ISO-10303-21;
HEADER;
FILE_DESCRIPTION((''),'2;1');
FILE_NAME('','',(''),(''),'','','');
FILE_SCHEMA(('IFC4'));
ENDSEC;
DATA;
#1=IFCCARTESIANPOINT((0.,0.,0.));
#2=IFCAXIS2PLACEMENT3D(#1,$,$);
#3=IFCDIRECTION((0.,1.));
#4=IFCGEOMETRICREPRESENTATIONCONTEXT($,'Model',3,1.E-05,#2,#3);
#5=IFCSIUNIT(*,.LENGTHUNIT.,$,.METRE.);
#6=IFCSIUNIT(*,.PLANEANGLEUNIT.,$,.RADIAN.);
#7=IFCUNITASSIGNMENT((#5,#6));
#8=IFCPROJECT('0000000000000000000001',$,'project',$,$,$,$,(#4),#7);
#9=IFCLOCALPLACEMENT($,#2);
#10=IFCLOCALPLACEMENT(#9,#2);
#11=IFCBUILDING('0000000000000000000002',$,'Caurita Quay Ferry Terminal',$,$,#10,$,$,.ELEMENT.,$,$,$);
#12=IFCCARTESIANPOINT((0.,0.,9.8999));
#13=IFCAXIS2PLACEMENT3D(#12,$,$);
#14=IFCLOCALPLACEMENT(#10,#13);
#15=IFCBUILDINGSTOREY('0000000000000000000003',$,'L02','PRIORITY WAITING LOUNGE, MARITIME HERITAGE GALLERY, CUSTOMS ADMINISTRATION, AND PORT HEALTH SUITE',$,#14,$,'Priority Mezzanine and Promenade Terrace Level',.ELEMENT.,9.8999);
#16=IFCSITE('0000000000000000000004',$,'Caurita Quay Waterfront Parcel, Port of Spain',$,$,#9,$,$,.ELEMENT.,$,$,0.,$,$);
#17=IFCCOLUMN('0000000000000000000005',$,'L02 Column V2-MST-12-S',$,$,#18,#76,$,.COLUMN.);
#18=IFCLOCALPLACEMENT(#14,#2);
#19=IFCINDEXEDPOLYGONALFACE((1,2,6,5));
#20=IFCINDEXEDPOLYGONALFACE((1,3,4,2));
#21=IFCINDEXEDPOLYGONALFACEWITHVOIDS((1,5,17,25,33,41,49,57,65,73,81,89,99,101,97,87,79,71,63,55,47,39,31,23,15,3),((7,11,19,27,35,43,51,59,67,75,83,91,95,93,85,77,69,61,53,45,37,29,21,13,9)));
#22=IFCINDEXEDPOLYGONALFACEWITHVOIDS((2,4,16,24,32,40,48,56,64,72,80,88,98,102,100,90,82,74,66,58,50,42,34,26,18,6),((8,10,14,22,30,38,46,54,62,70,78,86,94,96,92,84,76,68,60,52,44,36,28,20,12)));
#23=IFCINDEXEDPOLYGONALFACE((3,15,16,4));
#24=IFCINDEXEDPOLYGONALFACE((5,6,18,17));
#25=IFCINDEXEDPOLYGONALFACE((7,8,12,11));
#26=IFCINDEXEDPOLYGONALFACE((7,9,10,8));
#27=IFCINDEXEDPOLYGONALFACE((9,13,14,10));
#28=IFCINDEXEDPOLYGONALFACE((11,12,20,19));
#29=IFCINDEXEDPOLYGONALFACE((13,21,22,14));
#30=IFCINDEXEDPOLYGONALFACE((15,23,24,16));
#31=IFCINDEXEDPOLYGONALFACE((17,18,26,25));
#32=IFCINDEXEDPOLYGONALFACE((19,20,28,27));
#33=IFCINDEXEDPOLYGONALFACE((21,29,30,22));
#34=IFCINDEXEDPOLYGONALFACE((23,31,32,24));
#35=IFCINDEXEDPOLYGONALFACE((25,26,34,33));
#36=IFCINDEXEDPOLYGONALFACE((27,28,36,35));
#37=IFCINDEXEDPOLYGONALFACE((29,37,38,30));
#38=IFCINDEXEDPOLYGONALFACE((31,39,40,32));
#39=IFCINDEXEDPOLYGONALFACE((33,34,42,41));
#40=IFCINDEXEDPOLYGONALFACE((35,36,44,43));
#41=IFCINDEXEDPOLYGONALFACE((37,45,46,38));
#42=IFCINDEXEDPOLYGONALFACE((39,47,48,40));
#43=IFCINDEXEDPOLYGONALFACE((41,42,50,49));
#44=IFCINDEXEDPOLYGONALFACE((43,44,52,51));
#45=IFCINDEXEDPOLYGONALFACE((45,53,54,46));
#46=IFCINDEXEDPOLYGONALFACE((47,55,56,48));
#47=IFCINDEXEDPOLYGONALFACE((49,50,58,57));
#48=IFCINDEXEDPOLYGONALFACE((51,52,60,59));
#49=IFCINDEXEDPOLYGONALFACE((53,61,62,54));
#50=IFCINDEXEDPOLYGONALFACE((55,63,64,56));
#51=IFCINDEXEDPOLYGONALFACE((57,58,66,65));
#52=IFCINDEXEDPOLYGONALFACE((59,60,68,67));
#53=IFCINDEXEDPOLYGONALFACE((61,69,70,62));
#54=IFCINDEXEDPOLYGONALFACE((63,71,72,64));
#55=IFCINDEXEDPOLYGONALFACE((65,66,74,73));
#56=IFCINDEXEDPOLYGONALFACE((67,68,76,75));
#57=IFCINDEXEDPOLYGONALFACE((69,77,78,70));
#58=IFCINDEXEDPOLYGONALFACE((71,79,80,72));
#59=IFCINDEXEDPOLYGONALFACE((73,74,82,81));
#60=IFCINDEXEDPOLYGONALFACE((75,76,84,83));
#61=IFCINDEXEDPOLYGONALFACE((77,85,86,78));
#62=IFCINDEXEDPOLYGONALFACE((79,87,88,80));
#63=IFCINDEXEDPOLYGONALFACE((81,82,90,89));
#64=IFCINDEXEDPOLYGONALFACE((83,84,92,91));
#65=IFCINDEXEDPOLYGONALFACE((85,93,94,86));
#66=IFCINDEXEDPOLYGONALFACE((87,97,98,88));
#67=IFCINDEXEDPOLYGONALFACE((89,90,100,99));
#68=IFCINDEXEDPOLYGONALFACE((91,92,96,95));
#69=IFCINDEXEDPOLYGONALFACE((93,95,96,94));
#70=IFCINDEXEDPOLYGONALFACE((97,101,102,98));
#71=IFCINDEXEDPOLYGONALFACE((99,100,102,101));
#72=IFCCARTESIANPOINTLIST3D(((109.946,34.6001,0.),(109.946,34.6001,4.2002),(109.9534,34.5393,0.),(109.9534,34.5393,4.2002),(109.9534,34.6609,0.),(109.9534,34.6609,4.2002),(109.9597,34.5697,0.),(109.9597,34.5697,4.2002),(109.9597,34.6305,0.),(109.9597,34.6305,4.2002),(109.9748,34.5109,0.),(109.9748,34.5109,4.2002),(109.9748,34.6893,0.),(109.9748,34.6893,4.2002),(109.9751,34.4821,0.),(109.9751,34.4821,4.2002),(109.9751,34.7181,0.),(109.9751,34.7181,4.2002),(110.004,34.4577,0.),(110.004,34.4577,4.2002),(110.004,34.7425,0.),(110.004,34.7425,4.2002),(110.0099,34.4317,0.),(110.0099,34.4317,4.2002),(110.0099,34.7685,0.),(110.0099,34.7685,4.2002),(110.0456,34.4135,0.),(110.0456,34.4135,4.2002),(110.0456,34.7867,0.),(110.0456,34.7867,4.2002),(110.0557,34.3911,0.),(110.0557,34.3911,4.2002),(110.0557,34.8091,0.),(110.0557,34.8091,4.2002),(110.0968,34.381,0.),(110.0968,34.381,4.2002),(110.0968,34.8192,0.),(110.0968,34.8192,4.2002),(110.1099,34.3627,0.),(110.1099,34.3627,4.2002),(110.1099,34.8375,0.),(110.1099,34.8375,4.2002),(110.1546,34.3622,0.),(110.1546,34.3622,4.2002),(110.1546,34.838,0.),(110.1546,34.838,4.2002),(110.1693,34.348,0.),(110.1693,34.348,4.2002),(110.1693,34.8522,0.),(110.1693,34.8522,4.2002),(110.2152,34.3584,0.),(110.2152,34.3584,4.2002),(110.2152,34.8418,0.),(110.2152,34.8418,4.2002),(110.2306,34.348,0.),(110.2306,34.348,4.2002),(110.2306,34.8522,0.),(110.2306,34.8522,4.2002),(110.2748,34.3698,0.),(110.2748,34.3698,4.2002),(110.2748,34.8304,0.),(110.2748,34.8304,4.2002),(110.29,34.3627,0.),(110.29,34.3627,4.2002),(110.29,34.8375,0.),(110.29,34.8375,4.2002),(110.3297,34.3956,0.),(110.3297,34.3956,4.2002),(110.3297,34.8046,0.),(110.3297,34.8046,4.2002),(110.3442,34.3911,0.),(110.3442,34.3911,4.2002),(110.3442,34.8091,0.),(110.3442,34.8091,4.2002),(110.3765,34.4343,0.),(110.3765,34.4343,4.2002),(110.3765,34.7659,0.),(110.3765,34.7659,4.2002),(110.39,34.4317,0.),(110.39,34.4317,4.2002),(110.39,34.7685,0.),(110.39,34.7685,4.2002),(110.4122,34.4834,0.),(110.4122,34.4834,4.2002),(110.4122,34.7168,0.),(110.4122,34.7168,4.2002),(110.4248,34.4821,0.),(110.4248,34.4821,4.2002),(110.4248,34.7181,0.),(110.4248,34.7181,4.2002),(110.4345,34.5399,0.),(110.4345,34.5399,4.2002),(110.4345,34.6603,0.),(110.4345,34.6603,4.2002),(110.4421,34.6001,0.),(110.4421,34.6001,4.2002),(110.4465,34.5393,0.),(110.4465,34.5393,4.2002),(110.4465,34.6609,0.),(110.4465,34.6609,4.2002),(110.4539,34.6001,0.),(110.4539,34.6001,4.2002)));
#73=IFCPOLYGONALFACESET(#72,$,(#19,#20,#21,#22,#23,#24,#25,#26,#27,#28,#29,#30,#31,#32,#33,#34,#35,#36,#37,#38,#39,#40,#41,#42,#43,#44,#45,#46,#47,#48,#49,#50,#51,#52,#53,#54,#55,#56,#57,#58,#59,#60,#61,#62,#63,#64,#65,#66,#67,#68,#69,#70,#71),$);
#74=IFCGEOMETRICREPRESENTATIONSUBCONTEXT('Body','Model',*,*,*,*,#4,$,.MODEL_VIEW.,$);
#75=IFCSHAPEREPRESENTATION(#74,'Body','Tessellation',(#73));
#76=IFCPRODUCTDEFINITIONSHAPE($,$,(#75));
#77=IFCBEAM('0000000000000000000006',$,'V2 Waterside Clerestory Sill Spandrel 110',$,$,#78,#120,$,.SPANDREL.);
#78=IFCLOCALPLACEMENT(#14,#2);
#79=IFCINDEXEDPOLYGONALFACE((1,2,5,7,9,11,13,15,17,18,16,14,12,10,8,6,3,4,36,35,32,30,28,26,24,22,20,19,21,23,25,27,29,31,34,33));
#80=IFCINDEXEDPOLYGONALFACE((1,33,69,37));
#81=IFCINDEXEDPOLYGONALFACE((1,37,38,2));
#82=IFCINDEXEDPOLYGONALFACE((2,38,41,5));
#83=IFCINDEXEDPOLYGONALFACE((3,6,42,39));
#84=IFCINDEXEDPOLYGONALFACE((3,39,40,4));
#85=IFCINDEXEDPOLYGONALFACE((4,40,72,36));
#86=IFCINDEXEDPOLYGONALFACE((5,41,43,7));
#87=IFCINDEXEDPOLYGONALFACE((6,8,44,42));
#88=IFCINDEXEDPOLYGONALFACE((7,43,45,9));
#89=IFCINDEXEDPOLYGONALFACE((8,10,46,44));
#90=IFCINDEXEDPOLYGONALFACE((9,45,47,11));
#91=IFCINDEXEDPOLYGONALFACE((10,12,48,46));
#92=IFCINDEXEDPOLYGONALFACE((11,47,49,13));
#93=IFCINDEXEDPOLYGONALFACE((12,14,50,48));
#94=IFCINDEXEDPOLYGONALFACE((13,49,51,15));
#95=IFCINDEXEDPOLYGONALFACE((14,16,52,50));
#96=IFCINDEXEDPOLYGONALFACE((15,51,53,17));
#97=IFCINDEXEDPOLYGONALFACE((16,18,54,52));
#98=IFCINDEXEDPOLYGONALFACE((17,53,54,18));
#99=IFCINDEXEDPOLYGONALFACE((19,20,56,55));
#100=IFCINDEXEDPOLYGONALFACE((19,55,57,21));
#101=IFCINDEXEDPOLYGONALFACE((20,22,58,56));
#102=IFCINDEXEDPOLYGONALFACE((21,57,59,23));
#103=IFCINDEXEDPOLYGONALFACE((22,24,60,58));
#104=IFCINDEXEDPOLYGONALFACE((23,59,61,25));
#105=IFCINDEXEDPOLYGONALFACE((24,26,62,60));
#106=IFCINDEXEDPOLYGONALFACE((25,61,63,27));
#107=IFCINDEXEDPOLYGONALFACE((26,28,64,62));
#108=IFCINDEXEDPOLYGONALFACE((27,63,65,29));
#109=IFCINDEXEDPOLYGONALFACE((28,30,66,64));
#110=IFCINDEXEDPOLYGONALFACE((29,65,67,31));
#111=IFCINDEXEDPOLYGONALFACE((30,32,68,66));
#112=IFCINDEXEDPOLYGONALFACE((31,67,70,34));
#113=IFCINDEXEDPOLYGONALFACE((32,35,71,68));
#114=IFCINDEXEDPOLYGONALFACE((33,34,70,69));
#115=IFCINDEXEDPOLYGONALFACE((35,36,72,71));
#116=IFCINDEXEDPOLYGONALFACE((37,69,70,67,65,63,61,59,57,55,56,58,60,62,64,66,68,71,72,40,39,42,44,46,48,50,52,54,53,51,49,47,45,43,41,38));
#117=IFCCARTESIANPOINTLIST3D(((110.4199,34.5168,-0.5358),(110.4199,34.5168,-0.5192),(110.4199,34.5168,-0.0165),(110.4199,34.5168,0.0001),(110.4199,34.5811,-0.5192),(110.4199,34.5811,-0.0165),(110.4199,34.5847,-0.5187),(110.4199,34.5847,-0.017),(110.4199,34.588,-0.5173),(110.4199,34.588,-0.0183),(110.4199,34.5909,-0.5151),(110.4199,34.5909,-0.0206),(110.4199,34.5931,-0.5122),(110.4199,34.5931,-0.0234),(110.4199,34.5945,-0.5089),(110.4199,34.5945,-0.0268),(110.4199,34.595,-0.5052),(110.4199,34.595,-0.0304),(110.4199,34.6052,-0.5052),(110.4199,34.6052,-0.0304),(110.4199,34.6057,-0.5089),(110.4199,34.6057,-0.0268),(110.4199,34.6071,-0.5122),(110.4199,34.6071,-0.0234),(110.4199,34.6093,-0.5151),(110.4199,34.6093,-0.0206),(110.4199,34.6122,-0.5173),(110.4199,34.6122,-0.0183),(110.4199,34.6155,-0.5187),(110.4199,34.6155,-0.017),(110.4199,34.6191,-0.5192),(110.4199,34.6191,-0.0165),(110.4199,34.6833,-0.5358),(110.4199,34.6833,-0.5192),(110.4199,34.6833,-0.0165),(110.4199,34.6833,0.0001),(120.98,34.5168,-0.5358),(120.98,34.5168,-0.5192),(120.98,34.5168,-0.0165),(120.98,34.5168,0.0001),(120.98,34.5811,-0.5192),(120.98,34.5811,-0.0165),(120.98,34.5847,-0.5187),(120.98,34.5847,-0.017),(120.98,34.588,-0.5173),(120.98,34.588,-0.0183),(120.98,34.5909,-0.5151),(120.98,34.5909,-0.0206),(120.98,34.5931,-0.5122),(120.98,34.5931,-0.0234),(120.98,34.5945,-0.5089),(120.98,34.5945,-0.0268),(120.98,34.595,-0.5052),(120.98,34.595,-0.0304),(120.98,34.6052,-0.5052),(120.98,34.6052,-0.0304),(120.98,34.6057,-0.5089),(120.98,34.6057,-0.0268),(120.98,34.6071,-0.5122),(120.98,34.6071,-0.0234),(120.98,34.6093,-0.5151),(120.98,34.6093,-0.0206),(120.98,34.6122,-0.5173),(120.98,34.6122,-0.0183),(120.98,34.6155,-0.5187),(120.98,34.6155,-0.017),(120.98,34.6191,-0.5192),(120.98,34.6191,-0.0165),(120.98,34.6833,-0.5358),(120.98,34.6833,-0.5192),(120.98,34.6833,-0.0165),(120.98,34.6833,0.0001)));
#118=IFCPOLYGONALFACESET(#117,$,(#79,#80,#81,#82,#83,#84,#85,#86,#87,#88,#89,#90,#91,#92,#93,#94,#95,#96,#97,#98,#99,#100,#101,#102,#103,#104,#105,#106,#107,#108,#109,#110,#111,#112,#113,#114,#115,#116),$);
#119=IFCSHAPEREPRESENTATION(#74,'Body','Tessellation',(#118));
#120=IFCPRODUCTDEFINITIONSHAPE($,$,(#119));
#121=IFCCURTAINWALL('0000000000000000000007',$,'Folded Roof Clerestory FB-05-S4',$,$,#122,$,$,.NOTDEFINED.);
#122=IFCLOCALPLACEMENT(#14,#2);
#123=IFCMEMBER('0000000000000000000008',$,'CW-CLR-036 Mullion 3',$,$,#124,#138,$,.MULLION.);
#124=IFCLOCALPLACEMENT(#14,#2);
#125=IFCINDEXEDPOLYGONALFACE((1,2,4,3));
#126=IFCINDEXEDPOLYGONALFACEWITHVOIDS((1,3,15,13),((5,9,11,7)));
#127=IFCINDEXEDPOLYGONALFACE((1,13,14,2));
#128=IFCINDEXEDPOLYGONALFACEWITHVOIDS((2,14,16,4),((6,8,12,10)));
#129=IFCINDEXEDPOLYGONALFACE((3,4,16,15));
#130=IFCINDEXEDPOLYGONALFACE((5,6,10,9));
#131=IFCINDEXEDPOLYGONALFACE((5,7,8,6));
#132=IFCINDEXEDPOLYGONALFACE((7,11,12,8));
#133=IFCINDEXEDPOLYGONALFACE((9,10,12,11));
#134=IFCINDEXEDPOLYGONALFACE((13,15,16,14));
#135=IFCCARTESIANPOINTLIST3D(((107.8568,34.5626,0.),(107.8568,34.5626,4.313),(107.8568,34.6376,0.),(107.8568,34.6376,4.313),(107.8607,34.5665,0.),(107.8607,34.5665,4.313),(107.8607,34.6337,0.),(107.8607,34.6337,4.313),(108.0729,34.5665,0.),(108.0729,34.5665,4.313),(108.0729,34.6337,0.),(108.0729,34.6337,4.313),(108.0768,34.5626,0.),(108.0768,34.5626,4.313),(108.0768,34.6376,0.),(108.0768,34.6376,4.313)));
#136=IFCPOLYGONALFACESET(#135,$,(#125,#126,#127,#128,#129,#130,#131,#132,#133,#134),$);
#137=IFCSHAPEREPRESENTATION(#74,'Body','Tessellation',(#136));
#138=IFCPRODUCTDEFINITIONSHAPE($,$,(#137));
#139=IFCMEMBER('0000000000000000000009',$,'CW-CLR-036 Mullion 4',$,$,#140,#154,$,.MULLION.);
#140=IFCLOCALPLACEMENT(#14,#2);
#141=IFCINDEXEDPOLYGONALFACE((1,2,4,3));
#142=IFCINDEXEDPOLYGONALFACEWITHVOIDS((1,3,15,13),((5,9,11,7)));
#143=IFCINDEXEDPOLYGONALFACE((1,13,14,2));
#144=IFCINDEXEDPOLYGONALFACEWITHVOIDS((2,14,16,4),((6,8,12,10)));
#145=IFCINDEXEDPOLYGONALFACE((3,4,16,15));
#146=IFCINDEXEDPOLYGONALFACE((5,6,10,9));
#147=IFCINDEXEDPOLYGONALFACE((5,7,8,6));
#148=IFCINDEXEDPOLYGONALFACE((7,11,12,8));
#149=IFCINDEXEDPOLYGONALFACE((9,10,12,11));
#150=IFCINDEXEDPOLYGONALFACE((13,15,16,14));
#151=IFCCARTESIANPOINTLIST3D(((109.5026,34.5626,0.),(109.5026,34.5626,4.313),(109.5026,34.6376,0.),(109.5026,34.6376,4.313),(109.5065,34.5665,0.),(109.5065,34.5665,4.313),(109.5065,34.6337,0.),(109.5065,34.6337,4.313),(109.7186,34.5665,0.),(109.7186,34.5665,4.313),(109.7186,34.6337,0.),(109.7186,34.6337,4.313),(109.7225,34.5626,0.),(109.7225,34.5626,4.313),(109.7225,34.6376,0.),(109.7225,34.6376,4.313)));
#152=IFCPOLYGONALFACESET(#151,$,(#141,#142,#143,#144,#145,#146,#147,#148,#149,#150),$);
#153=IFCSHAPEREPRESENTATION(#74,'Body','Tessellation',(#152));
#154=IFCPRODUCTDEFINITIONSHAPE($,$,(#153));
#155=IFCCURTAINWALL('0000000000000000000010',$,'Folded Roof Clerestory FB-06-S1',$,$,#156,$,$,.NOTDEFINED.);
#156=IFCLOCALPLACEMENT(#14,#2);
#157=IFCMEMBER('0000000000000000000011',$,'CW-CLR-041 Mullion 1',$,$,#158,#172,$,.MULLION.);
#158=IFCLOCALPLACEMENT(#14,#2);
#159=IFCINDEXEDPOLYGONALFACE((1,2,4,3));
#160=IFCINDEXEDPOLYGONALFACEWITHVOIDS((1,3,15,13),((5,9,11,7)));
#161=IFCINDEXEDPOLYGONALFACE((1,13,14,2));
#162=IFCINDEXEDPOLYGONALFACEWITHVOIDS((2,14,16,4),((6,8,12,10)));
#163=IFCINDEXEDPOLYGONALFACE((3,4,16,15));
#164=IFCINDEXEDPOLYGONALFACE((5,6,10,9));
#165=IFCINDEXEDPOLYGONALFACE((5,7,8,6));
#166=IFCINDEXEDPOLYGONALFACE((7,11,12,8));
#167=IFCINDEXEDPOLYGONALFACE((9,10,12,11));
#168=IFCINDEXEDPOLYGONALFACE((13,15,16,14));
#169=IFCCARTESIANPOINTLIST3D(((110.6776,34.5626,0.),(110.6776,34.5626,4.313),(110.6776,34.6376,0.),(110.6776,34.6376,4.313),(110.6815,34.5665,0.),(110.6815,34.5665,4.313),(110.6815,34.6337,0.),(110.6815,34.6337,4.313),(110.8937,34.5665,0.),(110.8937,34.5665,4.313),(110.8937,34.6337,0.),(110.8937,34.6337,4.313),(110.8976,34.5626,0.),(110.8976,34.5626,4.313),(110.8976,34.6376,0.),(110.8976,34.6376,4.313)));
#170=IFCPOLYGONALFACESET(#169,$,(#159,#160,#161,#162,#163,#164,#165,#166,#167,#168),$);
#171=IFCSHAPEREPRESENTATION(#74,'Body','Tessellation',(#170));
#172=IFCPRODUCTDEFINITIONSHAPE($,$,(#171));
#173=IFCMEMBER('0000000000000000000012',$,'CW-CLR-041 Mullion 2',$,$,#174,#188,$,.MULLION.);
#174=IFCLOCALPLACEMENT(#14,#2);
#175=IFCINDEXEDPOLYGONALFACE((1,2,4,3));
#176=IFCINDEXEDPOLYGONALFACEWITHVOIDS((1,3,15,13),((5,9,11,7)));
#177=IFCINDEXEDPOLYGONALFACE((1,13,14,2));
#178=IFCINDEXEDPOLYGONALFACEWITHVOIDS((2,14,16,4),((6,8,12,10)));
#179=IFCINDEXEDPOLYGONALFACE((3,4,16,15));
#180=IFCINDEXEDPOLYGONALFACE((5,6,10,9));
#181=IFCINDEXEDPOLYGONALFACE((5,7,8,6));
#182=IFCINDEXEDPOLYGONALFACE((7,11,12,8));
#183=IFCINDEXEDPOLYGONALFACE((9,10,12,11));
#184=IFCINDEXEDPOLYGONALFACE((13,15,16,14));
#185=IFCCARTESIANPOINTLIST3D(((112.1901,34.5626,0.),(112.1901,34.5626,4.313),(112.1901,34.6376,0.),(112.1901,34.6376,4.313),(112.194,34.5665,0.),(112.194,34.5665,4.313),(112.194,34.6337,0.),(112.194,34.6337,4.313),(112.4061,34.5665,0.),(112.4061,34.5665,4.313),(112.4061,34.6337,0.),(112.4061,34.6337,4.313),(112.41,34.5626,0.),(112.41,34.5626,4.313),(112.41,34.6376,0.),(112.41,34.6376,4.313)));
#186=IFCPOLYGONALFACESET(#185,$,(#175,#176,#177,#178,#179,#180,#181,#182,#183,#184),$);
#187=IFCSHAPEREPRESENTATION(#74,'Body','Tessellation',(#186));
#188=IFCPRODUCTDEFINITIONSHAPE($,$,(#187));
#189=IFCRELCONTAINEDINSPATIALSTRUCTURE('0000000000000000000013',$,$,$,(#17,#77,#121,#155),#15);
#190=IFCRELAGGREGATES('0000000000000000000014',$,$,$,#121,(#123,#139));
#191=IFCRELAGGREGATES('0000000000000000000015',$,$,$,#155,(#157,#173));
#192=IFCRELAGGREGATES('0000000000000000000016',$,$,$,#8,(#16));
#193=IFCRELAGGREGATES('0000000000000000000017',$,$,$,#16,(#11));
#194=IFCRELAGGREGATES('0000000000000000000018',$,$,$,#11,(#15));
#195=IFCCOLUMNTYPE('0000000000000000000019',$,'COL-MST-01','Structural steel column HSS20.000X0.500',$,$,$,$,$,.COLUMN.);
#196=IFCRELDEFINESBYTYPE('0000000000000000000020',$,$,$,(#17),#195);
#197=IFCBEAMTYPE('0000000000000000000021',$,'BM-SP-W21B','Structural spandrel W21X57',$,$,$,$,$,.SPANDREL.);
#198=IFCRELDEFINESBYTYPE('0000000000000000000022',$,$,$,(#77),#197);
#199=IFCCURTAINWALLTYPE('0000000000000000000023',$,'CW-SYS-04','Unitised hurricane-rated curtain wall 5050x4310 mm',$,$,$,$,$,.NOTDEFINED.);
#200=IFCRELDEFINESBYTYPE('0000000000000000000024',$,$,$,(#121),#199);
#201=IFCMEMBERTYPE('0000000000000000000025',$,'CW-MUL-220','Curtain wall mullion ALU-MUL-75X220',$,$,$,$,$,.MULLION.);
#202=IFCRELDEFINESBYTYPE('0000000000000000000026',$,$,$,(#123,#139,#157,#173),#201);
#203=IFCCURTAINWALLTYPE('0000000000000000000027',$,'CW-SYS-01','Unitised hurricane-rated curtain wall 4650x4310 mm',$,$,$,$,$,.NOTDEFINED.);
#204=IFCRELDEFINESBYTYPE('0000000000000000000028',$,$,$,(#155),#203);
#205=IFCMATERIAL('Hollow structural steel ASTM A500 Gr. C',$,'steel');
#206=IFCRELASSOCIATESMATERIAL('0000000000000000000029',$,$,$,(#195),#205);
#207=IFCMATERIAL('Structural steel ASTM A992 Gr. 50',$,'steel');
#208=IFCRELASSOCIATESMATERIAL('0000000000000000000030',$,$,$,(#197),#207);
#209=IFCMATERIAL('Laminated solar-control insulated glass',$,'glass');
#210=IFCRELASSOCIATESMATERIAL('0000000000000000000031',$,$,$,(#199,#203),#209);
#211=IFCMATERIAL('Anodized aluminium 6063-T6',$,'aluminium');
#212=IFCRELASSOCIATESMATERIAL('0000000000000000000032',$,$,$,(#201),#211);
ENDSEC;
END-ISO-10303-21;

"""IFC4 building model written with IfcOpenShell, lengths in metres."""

from ifc_helpers import new_model, si_unit, direction, frame, origin, origin_2d, place, context, subcontext, project, spatial, hollow_rectangle, hollow_circle, i_section, extrude, material, material_profile, profile_set, type_object, element, aggregate, save


model = new_model("IFC4")

# Units and contexts
model_context = context("Model", 3, precision=1e-05, world=origin(), true_north=direction((0.0, 1.0)))
body_context = subcontext(model_context, "Body", "Model", "MODEL_VIEW")
ifc_project = project(units=[si_unit("LENGTHUNIT", "METRE"), si_unit("PLANEANGLEUNIT", "RADIAN")], contexts=[model_context])

# Site, building, storey
site_placement = place(None, origin())
site = spatial("IfcSite", under=ifc_project, at=site_placement, Name="Caurita Quay Waterfront Parcel, Port of Spain", CompositionType="ELEMENT", RefElevation=0.0)
building_placement = place(site_placement, origin())
building = spatial("IfcBuilding", under=site, at=building_placement, Name="Caurita Quay Ferry Terminal", CompositionType="ELEMENT")
storey_placement = place(building_placement, frame((0.0, 0.0, 9.8999)))
storey = spatial("IfcBuildingStorey", under=building, at=storey_placement, Name="L02", Description="PRIORITY WAITING LOUNGE, MARITIME HERITAGE GALLERY, CUSTOMS ADMINISTRATION, AND PORT HEALTH SUITE", LongName="Priority Mezzanine and Promenade Terrace Level", CompositionType="ELEMENT", Elevation=9.8999)

# Column
ifc_material_1 = material(Name="Hollow structural steel ASTM A500 Gr. C", Category="steel")
ifc_material_profile_1 = material_profile(ifc_material_1, hollow_circle(Radius=0.2539, WallThickness=0.0117, at=origin_2d()), Name="HSS20.000X0.500")
ifc_profile_set_1 = profile_set([ifc_material_profile_1], Name="Hollow structural steel ASTM A500 Gr. C")
column_type = type_object("IfcColumnType", Name="COL-MST-01", Description="Structural steel column HSS20.000X0.500", PredefinedType="COLUMN", material=ifc_profile_set_1)
column_placement = place(storey_placement, frame((110.2, 34.6001, 0.0), z_axis=(0.0, 0.0, 1.0), x_axis=(1.0, 0.0, 0.0)))
element("IfcColumn", 1, at=column_placement, inside=storey, type_object=column_type, Name="L02 Column V2-MST-12-S", PredefinedType="COLUMN", context=body_context, shape_type="SweptSolid", body=[
    extrude(hollow_circle(Radius=0.2539, WallThickness=0.0117, at=origin_2d()), origin(), (0.0, 0.0, 1.0), 4.2002),
])

# Beam
ifc_material_2 = material(Name="Structural steel ASTM A992 Gr. 50", Category="steel")
ifc_material_profile_2 = material_profile(ifc_material_2, i_section(OverallWidth=0.1665, OverallDepth=0.5359, WebThickness=0.0103, FlangeThickness=0.0166, FilletRadius=0.0139, at=origin_2d()), Name="W21X57")
ifc_profile_set_2 = profile_set([ifc_material_profile_2], Name="Structural steel ASTM A992 Gr. 50")
beam_type = type_object("IfcBeamType", Name="BM-SP-W21B", Description="Structural spandrel W21X57", PredefinedType="SPANDREL", material=ifc_profile_set_2)
beam_placement = place(storey_placement, frame((110.4199, 34.6001, -0.2678), z_axis=(1.0, 0.0, 0.0), x_axis=(0.0, 1.0, 0.0)))
element("IfcBeam", 2, at=beam_placement, inside=storey, type_object=beam_type, Name="V2 Waterside Clerestory Sill Spandrel 110", PredefinedType="SPANDREL", context=body_context, shape_type="SweptSolid", body=[
    extrude(i_section(OverallWidth=0.1665, OverallDepth=0.5359, WebThickness=0.0103, FlangeThickness=0.0166, FilletRadius=0.0139, at=origin_2d()), origin(), (0.0, 0.0, 1.0), 10.5601),
])

# Curtain walls, members
ifc_material_3 = material(Name="Laminated solar-control insulated glass", Category="glass")
curtain_wall_type_1 = type_object("IfcCurtainWallType", Name="CW-SYS-04", Description="Unitised hurricane-rated curtain wall 5050x4310 mm", PredefinedType="NOTDEFINED", material=ifc_material_3)
curtain_wall_1_placement = place(storey_placement, origin())
curtain_wall_1 = element("IfcCurtainWall", 3, at=curtain_wall_1_placement, inside=storey, type_object=curtain_wall_type_1, Name="Folded Roof Clerestory FB-05-S4", PredefinedType="NOTDEFINED")
ifc_material_4 = material(Name="Anodized aluminium 6063-T6", Category="aluminium")
ifc_material_profile_3 = material_profile(ifc_material_4, hollow_rectangle(XDim=0.075, YDim=0.22, WallThickness=0.0039, at=origin_2d()), Name="ALU-MUL-75X220")
ifc_profile_set_3 = profile_set([ifc_material_profile_3], Name="Anodized aluminium 6063-T6")
member_type_1 = type_object("IfcMemberType", Name="CW-MUL-220", Description="Curtain wall mullion ALU-MUL-75X220", PredefinedType="MULLION", material=ifc_profile_set_3)
member_1_placement = place(storey_placement, frame((107.9668, 34.6001, 0.0), z_axis=(0.0, 0.0, 1.0), x_axis=(0.0, 1.0, 0.0)))
member_1 = element("IfcMember", 4, at=member_1_placement, type_object=member_type_1, Name="CW-CLR-036 Mullion 3", PredefinedType="MULLION", context=body_context, shape_type="SweptSolid", body=[
    extrude(hollow_rectangle(XDim=0.075, YDim=0.22, WallThickness=0.0039, at=origin_2d()), origin(), (0.0, 0.0, 1.0), 4.313),
])
member_2_placement = place(storey_placement, frame((109.6125, 34.6001, 0.0), z_axis=(0.0, 0.0, 1.0), x_axis=(0.0, 1.0, 0.0)))
member_2 = element("IfcMember", 5, at=member_2_placement, type_object=member_type_1, Name="CW-CLR-036 Mullion 4", PredefinedType="MULLION", context=body_context, shape_type="SweptSolid", body=[
    extrude(hollow_rectangle(XDim=0.075, YDim=0.22, WallThickness=0.0039, at=origin_2d()), origin(), (0.0, 0.0, 1.0), 4.313),
])
curtain_wall_type_2 = type_object("IfcCurtainWallType", Name="CW-SYS-01", Description="Unitised hurricane-rated curtain wall 4650x4310 mm", PredefinedType="NOTDEFINED", material=ifc_material_3)
curtain_wall_2_placement = place(storey_placement, origin())
curtain_wall_2 = element("IfcCurtainWall", 6, at=curtain_wall_2_placement, inside=storey, type_object=curtain_wall_type_2, Name="Folded Roof Clerestory FB-06-S1", PredefinedType="NOTDEFINED")
member_3_placement = place(storey_placement, frame((110.7876, 34.6001, 0.0), z_axis=(0.0, 0.0, 1.0), x_axis=(0.0, 1.0, 0.0)))
member_3 = element("IfcMember", 7, at=member_3_placement, type_object=member_type_1, Name="CW-CLR-041 Mullion 1", PredefinedType="MULLION", context=body_context, shape_type="SweptSolid", body=[
    extrude(hollow_rectangle(XDim=0.075, YDim=0.22, WallThickness=0.0039, at=origin_2d()), origin(), (0.0, 0.0, 1.0), 4.313),
])
member_4_placement = place(storey_placement, frame((112.3, 34.6001, 0.0), z_axis=(0.0, 0.0, 1.0), x_axis=(0.0, 1.0, 0.0)))
member_4 = element("IfcMember", 8, at=member_4_placement, type_object=member_type_1, Name="CW-CLR-041 Mullion 2", PredefinedType="MULLION", context=body_context, shape_type="SweptSolid", body=[
    extrude(hollow_rectangle(XDim=0.075, YDim=0.22, WallThickness=0.0039, at=origin_2d()), origin(), (0.0, 0.0, 1.0), 4.313),
])

aggregate(curtain_wall_1, [member_1, member_2])
aggregate(curtain_wall_2, [member_3, member_4])

save(model, "model.ifc")
